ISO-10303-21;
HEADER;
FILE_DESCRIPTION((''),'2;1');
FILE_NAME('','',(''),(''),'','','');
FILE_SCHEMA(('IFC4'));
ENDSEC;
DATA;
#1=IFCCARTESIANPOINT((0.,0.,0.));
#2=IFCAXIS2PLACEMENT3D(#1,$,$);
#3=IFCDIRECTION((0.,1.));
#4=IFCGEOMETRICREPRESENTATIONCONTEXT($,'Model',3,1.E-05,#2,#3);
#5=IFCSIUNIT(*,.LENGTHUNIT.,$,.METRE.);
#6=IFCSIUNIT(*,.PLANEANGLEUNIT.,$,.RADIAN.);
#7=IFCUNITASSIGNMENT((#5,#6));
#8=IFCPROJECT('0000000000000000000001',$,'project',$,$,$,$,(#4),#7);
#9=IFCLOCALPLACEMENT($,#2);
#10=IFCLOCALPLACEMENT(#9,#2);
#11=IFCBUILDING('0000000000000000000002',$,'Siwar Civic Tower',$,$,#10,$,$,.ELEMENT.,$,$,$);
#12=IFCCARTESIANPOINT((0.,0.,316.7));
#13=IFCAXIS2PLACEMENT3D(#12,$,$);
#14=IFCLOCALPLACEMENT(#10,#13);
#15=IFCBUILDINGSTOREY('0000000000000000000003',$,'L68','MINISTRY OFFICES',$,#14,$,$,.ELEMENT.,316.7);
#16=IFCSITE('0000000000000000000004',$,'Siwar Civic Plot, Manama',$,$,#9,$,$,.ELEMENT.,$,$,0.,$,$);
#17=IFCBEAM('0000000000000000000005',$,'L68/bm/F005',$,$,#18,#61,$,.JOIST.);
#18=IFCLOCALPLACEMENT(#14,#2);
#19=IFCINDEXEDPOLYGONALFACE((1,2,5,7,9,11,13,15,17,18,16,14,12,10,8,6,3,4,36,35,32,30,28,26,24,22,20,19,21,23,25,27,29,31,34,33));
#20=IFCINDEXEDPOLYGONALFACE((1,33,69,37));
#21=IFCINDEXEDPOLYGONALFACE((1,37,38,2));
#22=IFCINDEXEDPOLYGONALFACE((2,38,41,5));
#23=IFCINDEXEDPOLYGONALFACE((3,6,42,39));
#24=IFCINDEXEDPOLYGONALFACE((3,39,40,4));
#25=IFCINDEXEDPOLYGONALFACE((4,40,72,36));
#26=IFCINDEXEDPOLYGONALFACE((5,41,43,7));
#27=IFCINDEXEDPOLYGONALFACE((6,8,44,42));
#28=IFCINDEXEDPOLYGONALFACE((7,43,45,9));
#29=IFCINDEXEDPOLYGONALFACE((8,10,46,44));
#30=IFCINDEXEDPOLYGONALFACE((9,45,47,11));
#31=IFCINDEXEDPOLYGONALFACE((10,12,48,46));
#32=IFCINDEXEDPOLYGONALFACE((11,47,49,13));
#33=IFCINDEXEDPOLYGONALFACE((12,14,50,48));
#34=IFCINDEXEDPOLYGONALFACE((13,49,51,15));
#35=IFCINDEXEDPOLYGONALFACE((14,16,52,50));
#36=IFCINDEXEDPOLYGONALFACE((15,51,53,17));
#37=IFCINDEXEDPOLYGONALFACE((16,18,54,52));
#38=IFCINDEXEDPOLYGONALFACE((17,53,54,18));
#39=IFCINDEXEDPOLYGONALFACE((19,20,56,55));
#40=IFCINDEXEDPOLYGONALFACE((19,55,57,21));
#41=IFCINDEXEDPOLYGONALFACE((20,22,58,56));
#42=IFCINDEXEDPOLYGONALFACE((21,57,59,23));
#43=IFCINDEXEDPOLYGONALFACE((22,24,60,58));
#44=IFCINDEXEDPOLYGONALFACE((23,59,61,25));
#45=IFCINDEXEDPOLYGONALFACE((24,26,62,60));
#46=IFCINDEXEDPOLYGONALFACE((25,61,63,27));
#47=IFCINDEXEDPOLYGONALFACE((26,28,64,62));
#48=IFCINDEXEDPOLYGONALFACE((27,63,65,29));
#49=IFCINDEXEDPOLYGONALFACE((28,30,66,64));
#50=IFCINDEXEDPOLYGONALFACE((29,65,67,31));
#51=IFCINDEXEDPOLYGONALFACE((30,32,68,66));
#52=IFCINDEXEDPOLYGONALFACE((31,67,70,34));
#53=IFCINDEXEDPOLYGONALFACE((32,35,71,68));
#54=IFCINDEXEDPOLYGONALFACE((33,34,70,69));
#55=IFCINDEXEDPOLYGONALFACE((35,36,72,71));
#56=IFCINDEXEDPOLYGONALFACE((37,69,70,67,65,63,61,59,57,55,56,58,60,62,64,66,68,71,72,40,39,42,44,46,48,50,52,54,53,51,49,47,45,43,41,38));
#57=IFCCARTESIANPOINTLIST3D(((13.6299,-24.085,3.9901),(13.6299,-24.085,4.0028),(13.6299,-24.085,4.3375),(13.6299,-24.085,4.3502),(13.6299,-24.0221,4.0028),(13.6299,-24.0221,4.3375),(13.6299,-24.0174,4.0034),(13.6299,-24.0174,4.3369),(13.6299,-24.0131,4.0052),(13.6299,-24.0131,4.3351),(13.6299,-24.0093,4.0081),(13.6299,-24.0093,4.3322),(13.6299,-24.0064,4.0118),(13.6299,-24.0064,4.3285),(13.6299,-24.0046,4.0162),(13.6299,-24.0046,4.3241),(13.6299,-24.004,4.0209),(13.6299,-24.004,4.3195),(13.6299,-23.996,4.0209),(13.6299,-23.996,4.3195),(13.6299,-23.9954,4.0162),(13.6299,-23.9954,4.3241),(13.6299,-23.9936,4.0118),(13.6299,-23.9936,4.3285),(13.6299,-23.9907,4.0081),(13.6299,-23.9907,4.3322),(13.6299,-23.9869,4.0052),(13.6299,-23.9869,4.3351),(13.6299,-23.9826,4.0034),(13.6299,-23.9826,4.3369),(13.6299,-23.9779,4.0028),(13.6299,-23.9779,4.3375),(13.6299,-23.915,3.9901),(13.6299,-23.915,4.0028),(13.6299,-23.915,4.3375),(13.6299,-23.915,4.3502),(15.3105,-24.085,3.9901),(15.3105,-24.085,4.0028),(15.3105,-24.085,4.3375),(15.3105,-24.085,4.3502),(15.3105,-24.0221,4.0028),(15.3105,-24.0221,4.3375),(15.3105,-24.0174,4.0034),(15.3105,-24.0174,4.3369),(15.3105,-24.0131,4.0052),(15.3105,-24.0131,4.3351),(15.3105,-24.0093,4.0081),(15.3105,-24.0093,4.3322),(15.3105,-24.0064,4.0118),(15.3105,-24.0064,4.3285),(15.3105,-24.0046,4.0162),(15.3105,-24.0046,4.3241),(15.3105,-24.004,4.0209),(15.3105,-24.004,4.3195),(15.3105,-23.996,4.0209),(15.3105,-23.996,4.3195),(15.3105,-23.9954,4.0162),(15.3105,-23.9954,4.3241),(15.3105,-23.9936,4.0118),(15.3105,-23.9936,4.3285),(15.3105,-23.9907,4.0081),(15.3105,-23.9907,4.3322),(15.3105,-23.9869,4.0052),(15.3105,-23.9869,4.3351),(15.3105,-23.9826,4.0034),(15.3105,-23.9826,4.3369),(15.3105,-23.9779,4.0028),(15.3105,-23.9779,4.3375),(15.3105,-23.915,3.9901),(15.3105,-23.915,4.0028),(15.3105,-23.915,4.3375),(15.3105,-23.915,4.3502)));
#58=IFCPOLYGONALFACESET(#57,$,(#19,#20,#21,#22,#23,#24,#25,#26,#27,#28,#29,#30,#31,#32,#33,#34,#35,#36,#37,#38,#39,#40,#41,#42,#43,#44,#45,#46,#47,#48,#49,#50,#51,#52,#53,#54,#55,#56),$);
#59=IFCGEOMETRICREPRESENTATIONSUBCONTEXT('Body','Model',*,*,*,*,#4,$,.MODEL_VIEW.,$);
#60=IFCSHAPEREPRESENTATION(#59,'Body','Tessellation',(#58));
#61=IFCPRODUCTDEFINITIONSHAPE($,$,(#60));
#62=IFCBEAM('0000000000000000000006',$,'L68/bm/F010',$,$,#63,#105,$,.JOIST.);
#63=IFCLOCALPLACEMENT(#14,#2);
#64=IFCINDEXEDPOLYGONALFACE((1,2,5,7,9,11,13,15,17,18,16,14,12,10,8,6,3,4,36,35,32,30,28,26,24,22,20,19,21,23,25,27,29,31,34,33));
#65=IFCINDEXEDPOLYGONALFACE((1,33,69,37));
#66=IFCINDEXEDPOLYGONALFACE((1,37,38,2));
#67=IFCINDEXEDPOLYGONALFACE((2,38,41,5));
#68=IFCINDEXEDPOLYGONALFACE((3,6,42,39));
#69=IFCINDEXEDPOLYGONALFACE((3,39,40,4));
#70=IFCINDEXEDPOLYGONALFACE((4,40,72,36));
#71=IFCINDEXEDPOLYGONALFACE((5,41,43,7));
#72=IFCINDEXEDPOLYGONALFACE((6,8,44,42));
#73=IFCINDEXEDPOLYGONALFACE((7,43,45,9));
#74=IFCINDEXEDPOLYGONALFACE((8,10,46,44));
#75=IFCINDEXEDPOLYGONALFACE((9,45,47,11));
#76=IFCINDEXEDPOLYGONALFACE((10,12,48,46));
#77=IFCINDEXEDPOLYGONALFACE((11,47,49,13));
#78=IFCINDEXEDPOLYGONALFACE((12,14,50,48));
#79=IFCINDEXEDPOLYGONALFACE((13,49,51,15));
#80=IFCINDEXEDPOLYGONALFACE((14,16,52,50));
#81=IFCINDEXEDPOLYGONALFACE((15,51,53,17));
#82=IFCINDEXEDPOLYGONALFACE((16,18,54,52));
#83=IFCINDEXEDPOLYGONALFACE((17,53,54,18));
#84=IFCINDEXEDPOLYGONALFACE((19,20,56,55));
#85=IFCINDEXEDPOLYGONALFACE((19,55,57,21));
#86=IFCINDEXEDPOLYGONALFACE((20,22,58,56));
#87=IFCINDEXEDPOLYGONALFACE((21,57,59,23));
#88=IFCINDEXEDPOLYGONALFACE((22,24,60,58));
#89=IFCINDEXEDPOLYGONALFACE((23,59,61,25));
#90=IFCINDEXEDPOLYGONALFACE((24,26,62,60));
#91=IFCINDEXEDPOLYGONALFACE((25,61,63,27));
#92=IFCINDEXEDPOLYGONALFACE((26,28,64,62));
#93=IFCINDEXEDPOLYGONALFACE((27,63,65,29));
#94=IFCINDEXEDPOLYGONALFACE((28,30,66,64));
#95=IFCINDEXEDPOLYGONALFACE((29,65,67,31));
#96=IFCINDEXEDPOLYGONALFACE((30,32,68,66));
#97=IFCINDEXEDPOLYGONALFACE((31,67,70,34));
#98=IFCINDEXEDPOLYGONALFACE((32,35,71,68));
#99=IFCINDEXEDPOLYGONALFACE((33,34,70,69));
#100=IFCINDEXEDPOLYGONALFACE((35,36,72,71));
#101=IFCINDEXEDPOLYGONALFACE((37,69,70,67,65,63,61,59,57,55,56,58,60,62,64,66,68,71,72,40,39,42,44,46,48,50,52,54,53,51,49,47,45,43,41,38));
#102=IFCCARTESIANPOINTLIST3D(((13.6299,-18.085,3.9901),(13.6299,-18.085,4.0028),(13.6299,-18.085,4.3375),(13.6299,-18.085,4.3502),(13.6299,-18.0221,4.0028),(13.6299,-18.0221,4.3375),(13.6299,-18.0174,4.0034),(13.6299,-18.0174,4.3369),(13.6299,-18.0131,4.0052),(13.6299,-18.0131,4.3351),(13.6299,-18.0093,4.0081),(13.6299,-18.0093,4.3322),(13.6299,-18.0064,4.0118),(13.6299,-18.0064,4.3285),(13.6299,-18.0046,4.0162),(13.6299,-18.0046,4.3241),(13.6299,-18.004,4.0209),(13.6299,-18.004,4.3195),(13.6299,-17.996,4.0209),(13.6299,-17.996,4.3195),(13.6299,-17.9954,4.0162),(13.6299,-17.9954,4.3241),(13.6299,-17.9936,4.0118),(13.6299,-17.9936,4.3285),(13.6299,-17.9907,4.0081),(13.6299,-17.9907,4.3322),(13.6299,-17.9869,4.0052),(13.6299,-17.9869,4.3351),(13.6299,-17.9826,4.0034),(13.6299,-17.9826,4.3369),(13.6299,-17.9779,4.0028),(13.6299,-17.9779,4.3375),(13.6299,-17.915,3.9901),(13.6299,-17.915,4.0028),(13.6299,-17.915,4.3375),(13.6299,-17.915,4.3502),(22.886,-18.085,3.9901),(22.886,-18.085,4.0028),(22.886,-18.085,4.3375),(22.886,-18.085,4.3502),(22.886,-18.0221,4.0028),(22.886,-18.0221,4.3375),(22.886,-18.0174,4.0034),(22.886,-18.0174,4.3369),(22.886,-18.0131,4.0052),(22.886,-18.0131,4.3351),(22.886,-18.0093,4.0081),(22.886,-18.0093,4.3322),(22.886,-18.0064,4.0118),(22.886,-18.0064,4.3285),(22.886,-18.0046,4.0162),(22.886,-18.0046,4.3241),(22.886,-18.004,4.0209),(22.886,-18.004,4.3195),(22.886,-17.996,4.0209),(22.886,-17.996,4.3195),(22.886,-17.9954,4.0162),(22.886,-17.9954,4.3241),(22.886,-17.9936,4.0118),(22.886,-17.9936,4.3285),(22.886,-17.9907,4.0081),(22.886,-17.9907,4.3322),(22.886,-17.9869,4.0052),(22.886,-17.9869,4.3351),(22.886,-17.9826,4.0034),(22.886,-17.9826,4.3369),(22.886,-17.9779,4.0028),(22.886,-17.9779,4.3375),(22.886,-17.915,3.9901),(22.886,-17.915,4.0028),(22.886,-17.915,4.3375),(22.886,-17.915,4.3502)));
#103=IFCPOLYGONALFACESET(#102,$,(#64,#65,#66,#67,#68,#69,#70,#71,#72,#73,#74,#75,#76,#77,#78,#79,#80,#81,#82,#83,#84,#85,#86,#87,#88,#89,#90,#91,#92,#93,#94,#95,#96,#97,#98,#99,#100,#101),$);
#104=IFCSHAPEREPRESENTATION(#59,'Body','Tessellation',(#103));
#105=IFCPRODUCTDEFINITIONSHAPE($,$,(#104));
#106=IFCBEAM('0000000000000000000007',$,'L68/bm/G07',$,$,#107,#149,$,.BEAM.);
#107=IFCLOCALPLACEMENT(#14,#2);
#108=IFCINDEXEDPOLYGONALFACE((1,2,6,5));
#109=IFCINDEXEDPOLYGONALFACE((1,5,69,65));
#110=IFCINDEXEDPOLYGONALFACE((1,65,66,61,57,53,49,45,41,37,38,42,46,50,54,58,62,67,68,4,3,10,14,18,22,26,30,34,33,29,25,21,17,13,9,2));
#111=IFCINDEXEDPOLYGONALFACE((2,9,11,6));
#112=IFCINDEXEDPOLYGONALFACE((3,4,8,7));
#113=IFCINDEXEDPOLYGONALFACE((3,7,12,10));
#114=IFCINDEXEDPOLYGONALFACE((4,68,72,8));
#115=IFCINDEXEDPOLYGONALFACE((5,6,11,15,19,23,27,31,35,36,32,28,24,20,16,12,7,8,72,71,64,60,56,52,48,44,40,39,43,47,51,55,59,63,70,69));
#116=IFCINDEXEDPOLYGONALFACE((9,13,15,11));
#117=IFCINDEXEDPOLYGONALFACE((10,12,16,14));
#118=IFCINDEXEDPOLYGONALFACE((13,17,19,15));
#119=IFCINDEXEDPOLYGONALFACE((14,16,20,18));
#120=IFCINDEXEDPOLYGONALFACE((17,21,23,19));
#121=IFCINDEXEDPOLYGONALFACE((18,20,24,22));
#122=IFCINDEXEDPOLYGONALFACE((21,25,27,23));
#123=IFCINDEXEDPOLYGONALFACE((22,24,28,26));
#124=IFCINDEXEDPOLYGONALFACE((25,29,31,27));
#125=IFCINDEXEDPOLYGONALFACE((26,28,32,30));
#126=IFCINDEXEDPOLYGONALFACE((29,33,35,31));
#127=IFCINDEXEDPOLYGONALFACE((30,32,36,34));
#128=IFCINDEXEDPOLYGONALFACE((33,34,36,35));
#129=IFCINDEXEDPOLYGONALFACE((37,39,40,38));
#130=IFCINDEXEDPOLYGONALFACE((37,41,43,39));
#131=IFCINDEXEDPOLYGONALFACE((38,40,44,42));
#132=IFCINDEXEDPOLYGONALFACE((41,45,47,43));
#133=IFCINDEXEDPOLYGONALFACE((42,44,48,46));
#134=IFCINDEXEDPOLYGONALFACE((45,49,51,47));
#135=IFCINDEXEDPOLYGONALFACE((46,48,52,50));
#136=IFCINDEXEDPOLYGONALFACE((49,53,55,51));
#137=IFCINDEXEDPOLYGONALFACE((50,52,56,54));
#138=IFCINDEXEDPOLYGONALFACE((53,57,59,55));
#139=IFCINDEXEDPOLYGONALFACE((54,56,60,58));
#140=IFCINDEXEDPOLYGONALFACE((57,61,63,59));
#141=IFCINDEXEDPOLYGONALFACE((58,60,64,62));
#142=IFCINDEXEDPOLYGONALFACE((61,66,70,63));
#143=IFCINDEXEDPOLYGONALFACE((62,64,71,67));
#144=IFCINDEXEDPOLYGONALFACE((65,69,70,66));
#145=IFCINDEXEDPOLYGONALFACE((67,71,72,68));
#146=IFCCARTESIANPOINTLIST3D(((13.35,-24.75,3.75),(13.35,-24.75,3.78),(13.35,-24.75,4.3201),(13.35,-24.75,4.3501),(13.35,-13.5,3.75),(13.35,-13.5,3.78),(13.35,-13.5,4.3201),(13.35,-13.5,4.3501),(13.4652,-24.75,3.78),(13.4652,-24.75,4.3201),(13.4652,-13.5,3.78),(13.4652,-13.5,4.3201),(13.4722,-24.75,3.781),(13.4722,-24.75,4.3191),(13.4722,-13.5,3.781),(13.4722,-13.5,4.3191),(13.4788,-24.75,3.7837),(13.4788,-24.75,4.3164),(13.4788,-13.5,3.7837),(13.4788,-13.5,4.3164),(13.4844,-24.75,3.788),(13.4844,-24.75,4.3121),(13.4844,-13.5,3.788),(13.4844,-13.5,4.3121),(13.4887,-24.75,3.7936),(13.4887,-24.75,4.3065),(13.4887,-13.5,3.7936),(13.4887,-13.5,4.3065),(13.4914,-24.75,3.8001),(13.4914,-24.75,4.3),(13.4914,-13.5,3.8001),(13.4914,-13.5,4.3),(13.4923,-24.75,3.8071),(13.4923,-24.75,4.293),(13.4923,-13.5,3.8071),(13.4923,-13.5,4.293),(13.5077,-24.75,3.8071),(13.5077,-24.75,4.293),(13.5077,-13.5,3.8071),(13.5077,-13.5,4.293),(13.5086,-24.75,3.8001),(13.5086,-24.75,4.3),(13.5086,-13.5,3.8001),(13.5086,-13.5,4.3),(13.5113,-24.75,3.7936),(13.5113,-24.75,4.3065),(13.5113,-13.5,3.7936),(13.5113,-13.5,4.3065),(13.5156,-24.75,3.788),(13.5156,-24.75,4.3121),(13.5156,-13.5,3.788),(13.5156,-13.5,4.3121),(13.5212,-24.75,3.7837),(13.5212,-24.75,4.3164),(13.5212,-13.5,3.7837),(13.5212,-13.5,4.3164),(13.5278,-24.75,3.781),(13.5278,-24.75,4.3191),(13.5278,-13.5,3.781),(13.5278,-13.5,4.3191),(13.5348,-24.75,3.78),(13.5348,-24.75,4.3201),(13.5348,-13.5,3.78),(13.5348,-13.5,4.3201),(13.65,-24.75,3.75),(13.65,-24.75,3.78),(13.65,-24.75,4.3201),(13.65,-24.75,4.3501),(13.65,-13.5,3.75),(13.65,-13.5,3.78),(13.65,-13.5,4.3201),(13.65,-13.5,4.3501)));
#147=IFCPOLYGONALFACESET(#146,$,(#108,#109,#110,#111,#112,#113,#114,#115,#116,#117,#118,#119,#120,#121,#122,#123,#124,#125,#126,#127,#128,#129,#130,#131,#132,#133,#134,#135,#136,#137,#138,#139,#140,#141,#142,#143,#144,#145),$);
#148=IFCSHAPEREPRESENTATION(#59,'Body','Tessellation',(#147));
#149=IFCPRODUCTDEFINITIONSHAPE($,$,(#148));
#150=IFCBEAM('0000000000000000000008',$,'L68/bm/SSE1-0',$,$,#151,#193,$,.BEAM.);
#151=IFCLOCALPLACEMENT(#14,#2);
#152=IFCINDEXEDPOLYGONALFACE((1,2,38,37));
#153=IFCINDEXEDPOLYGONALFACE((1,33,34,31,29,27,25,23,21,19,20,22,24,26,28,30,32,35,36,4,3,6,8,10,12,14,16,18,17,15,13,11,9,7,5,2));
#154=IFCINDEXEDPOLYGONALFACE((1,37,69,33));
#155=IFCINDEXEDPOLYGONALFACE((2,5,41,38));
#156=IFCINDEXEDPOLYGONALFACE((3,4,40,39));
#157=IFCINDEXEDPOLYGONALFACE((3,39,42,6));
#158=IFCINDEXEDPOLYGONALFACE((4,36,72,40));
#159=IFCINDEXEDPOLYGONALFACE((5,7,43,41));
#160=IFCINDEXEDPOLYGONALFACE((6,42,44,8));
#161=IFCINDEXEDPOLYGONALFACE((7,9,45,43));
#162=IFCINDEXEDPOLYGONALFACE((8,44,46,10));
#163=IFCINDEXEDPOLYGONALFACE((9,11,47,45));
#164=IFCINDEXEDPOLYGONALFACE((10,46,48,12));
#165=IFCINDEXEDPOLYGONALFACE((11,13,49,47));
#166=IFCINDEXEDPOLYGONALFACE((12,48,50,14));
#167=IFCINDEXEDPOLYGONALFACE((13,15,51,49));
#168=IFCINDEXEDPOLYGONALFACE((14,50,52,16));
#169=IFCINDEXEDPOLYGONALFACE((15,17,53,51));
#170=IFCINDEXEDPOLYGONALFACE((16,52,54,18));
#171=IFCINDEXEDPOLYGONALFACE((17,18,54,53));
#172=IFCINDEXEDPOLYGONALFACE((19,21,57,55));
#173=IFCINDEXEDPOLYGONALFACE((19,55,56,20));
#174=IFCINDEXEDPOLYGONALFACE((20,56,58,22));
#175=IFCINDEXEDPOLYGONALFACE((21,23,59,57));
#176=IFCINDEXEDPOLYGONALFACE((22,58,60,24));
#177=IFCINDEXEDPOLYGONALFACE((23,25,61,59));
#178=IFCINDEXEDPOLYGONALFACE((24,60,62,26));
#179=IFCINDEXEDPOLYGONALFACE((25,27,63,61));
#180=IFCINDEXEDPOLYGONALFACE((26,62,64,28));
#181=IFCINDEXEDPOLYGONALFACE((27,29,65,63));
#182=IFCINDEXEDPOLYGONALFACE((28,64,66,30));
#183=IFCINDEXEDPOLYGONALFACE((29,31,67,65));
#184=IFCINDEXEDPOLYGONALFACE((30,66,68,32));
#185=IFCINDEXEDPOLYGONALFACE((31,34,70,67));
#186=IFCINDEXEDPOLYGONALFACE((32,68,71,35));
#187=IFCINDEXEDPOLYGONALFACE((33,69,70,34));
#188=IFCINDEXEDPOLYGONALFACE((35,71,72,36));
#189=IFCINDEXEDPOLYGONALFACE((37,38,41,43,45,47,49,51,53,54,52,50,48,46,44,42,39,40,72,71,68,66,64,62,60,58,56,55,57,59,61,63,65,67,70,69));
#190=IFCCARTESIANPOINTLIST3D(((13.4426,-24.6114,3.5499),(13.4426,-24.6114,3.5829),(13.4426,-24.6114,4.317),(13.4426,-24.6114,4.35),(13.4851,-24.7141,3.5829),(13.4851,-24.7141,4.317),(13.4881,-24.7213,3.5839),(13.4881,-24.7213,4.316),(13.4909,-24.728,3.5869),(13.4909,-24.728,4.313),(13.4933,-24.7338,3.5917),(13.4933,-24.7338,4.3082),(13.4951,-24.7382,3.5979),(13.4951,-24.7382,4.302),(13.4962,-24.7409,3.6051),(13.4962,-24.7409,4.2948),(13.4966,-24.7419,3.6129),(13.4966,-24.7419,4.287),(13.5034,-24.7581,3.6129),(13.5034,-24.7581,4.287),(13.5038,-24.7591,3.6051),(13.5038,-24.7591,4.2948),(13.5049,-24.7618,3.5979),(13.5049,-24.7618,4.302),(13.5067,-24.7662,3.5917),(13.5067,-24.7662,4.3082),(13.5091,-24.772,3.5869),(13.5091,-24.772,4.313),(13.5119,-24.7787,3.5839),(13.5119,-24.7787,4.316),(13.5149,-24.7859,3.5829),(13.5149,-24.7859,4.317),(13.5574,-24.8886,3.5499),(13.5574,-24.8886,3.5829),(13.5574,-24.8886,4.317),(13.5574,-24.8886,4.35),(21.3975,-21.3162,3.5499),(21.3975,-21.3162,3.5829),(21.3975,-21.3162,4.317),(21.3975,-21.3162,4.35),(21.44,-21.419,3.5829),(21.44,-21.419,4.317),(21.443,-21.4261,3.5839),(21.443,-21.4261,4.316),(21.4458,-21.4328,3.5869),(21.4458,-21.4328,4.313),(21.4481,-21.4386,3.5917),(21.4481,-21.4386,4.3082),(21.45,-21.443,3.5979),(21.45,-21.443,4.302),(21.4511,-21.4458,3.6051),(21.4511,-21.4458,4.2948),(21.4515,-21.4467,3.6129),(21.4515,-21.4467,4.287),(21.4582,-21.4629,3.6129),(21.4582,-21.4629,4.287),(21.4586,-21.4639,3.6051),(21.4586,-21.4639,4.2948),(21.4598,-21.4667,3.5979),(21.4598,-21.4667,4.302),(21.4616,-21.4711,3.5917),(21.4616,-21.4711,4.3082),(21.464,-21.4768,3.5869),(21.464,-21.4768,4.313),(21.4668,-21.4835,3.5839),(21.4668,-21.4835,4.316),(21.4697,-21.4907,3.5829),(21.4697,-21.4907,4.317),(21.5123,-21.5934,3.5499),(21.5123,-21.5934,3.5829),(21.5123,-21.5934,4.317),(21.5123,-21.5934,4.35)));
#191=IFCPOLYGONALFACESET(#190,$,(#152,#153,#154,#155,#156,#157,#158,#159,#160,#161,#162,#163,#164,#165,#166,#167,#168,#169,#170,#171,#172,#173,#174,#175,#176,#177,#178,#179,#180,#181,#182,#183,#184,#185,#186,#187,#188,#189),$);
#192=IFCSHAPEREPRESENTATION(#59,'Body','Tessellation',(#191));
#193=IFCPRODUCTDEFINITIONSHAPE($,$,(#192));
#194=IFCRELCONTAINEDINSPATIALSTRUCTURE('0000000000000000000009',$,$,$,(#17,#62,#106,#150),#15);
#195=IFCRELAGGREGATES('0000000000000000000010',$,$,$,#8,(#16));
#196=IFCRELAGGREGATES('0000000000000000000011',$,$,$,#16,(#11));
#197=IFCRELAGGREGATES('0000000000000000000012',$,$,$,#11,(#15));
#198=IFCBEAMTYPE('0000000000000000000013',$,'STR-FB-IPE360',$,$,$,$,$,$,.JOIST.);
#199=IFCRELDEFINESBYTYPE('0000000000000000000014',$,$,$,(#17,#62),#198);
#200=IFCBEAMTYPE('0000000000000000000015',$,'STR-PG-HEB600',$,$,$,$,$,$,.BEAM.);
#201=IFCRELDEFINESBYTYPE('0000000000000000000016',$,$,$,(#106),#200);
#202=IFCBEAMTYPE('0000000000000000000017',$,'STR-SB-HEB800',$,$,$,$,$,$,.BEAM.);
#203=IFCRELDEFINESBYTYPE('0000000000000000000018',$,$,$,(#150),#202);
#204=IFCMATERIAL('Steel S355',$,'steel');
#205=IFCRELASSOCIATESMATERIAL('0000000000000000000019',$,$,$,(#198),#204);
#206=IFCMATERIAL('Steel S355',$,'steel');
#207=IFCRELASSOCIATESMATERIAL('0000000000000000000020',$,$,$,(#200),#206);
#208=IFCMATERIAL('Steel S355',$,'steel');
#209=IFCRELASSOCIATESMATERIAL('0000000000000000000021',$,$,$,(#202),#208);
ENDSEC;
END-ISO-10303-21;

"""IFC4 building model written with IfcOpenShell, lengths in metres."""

from ifc_helpers import new_model, si_unit, direction, frame, origin, origin_2d, place, context, subcontext, project, spatial, i_section, extrude, material, material_profile, profile_set, type_object, element, save


model = new_model("IFC4")

# Units and contexts
model_context = context("Model", 3, precision=1e-05, world=origin(), true_north=direction((0.0, 1.0)))
body_context = subcontext(model_context, "Body", "Model", "MODEL_VIEW")
ifc_project = project(units=[si_unit("LENGTHUNIT", "METRE"), si_unit("PLANEANGLEUNIT", "RADIAN")], contexts=[model_context])

# Site, building, storey
site_placement = place(None, origin())
site = spatial("IfcSite", under=ifc_project, at=site_placement, Name="Siwar Civic Plot, Manama", CompositionType="ELEMENT", RefElevation=0.0)
building_placement = place(site_placement, origin())
building = spatial("IfcBuilding", under=site, at=building_placement, Name="Siwar Civic Tower", CompositionType="ELEMENT")
storey_placement = place(building_placement, frame((0.0, 0.0, 316.7)))
storey = spatial("IfcBuildingStorey", under=building, at=storey_placement, Name="L68", Description="MINISTRY OFFICES", CompositionType="ELEMENT", Elevation=316.7)

# Beams
ifc_material_1 = material(Name="Steel S355", Category="steel")
ifc_material_profile_1 = material_profile(ifc_material_1, i_section(OverallWidth=0.1699, OverallDepth=0.3601, WebThickness=0.0081, FlangeThickness=0.0127, FilletRadius=0.0181, at=origin_2d()), Name="IPE360")
ifc_profile_set_1 = profile_set([ifc_material_profile_1], Name="Steel S355")
beam_type_1 = type_object("IfcBeamType", Name="STR-FB-IPE360", PredefinedType="JOIST", material=ifc_profile_set_1)
beam_1_placement = place(storey_placement, frame((13.6299, -24.0, 4.1702), z_axis=(1.0, 0.0, 0.0), x_axis=(0.0, 1.0, 0.0)))
element("IfcBeam", 1, at=beam_1_placement, inside=storey, type_object=beam_type_1, Name="L68/bm/F005", PredefinedType="JOIST", context=body_context, shape_type="SweptSolid", body=[
    extrude(i_section(OverallWidth=0.1699, OverallDepth=0.3601, WebThickness=0.0081, FlangeThickness=0.0127, FilletRadius=0.0181, at=origin_2d()), origin(), (0.0, 0.0, 1.0), 1.6807),
])
beam_2_placement = place(storey_placement, frame((13.6299, -18.0, 4.1702), z_axis=(1.0, 0.0, 0.0), x_axis=(0.0, 1.0, 0.0)))
element("IfcBeam", 2, at=beam_2_placement, inside=storey, type_object=beam_type_1, Name="L68/bm/F010", PredefinedType="JOIST", context=body_context, shape_type="SweptSolid", body=[
    extrude(i_section(OverallWidth=0.1699, OverallDepth=0.3601, WebThickness=0.0081, FlangeThickness=0.0127, FilletRadius=0.0181, at=origin_2d()), origin(), (0.0, 0.0, 1.0), 9.2561),
])
ifc_material_2 = material(Name="Steel S355", Category="steel")
ifc_material_profile_2 = material_profile(ifc_material_2, i_section(OverallWidth=0.3, OverallDepth=0.6001, WebThickness=0.0154, FlangeThickness=0.03, FilletRadius=0.0271, at=origin_2d()), Name="HEB600")
ifc_profile_set_2 = profile_set([ifc_material_profile_2], Name="Steel S355")
beam_type_2 = type_object("IfcBeamType", Name="STR-PG-HEB600", PredefinedType="BEAM", material=ifc_profile_set_2)
beam_3_placement = place(storey_placement, frame((13.5, -24.75, 4.05), z_axis=(0.0, 1.0, 0.0), x_axis=(-1.0, 0.0, 0.0)))
element("IfcBeam", 3, at=beam_3_placement, inside=storey, type_object=beam_type_2, Name="L68/bm/G07", PredefinedType="BEAM", context=body_context, shape_type="SweptSolid", body=[
    extrude(i_section(OverallWidth=0.3, OverallDepth=0.6001, WebThickness=0.0154, FlangeThickness=0.03, FilletRadius=0.0271, at=origin_2d()), origin(), (0.0, 0.0, 1.0), 11.25),
])
ifc_material_3 = material(Name="Steel S355", Category="steel")
ifc_material_profile_3 = material_profile(ifc_material_3, i_section(OverallWidth=0.3, OverallDepth=0.8, WebThickness=0.0176, FlangeThickness=0.033, FilletRadius=0.03, at=origin_2d()), Name="HEB800")
ifc_profile_set_3 = profile_set([ifc_material_profile_3], Name="Steel S355")
beam_type_3 = type_object("IfcBeamType", Name="STR-SB-HEB800", PredefinedType="BEAM", material=ifc_profile_set_3)
for number, where, z_axis, x_axis, name in (
    (4, (13.5, -24.75, 3.95), (0.923873, 0.3827, 0.0), (-0.3827, 0.923873, 0.0), "L68/bm/SSE1-0"),
):
    element("IfcBeam", number, at=place(storey_placement, frame(where, z_axis=z_axis, x_axis=x_axis)), inside=storey, type_object=beam_type_3, Name=name, PredefinedType="BEAM", context=body_context, shape_type="SweptSolid", body=[
        extrude(i_section(OverallWidth=0.3, OverallDepth=0.8, WebThickness=0.0176, FlangeThickness=0.033, FilletRadius=0.03, at=origin_2d()), origin(), (0.0, 0.0, 1.0), 8.6104),
    ])

save(model, "model.ifc")
